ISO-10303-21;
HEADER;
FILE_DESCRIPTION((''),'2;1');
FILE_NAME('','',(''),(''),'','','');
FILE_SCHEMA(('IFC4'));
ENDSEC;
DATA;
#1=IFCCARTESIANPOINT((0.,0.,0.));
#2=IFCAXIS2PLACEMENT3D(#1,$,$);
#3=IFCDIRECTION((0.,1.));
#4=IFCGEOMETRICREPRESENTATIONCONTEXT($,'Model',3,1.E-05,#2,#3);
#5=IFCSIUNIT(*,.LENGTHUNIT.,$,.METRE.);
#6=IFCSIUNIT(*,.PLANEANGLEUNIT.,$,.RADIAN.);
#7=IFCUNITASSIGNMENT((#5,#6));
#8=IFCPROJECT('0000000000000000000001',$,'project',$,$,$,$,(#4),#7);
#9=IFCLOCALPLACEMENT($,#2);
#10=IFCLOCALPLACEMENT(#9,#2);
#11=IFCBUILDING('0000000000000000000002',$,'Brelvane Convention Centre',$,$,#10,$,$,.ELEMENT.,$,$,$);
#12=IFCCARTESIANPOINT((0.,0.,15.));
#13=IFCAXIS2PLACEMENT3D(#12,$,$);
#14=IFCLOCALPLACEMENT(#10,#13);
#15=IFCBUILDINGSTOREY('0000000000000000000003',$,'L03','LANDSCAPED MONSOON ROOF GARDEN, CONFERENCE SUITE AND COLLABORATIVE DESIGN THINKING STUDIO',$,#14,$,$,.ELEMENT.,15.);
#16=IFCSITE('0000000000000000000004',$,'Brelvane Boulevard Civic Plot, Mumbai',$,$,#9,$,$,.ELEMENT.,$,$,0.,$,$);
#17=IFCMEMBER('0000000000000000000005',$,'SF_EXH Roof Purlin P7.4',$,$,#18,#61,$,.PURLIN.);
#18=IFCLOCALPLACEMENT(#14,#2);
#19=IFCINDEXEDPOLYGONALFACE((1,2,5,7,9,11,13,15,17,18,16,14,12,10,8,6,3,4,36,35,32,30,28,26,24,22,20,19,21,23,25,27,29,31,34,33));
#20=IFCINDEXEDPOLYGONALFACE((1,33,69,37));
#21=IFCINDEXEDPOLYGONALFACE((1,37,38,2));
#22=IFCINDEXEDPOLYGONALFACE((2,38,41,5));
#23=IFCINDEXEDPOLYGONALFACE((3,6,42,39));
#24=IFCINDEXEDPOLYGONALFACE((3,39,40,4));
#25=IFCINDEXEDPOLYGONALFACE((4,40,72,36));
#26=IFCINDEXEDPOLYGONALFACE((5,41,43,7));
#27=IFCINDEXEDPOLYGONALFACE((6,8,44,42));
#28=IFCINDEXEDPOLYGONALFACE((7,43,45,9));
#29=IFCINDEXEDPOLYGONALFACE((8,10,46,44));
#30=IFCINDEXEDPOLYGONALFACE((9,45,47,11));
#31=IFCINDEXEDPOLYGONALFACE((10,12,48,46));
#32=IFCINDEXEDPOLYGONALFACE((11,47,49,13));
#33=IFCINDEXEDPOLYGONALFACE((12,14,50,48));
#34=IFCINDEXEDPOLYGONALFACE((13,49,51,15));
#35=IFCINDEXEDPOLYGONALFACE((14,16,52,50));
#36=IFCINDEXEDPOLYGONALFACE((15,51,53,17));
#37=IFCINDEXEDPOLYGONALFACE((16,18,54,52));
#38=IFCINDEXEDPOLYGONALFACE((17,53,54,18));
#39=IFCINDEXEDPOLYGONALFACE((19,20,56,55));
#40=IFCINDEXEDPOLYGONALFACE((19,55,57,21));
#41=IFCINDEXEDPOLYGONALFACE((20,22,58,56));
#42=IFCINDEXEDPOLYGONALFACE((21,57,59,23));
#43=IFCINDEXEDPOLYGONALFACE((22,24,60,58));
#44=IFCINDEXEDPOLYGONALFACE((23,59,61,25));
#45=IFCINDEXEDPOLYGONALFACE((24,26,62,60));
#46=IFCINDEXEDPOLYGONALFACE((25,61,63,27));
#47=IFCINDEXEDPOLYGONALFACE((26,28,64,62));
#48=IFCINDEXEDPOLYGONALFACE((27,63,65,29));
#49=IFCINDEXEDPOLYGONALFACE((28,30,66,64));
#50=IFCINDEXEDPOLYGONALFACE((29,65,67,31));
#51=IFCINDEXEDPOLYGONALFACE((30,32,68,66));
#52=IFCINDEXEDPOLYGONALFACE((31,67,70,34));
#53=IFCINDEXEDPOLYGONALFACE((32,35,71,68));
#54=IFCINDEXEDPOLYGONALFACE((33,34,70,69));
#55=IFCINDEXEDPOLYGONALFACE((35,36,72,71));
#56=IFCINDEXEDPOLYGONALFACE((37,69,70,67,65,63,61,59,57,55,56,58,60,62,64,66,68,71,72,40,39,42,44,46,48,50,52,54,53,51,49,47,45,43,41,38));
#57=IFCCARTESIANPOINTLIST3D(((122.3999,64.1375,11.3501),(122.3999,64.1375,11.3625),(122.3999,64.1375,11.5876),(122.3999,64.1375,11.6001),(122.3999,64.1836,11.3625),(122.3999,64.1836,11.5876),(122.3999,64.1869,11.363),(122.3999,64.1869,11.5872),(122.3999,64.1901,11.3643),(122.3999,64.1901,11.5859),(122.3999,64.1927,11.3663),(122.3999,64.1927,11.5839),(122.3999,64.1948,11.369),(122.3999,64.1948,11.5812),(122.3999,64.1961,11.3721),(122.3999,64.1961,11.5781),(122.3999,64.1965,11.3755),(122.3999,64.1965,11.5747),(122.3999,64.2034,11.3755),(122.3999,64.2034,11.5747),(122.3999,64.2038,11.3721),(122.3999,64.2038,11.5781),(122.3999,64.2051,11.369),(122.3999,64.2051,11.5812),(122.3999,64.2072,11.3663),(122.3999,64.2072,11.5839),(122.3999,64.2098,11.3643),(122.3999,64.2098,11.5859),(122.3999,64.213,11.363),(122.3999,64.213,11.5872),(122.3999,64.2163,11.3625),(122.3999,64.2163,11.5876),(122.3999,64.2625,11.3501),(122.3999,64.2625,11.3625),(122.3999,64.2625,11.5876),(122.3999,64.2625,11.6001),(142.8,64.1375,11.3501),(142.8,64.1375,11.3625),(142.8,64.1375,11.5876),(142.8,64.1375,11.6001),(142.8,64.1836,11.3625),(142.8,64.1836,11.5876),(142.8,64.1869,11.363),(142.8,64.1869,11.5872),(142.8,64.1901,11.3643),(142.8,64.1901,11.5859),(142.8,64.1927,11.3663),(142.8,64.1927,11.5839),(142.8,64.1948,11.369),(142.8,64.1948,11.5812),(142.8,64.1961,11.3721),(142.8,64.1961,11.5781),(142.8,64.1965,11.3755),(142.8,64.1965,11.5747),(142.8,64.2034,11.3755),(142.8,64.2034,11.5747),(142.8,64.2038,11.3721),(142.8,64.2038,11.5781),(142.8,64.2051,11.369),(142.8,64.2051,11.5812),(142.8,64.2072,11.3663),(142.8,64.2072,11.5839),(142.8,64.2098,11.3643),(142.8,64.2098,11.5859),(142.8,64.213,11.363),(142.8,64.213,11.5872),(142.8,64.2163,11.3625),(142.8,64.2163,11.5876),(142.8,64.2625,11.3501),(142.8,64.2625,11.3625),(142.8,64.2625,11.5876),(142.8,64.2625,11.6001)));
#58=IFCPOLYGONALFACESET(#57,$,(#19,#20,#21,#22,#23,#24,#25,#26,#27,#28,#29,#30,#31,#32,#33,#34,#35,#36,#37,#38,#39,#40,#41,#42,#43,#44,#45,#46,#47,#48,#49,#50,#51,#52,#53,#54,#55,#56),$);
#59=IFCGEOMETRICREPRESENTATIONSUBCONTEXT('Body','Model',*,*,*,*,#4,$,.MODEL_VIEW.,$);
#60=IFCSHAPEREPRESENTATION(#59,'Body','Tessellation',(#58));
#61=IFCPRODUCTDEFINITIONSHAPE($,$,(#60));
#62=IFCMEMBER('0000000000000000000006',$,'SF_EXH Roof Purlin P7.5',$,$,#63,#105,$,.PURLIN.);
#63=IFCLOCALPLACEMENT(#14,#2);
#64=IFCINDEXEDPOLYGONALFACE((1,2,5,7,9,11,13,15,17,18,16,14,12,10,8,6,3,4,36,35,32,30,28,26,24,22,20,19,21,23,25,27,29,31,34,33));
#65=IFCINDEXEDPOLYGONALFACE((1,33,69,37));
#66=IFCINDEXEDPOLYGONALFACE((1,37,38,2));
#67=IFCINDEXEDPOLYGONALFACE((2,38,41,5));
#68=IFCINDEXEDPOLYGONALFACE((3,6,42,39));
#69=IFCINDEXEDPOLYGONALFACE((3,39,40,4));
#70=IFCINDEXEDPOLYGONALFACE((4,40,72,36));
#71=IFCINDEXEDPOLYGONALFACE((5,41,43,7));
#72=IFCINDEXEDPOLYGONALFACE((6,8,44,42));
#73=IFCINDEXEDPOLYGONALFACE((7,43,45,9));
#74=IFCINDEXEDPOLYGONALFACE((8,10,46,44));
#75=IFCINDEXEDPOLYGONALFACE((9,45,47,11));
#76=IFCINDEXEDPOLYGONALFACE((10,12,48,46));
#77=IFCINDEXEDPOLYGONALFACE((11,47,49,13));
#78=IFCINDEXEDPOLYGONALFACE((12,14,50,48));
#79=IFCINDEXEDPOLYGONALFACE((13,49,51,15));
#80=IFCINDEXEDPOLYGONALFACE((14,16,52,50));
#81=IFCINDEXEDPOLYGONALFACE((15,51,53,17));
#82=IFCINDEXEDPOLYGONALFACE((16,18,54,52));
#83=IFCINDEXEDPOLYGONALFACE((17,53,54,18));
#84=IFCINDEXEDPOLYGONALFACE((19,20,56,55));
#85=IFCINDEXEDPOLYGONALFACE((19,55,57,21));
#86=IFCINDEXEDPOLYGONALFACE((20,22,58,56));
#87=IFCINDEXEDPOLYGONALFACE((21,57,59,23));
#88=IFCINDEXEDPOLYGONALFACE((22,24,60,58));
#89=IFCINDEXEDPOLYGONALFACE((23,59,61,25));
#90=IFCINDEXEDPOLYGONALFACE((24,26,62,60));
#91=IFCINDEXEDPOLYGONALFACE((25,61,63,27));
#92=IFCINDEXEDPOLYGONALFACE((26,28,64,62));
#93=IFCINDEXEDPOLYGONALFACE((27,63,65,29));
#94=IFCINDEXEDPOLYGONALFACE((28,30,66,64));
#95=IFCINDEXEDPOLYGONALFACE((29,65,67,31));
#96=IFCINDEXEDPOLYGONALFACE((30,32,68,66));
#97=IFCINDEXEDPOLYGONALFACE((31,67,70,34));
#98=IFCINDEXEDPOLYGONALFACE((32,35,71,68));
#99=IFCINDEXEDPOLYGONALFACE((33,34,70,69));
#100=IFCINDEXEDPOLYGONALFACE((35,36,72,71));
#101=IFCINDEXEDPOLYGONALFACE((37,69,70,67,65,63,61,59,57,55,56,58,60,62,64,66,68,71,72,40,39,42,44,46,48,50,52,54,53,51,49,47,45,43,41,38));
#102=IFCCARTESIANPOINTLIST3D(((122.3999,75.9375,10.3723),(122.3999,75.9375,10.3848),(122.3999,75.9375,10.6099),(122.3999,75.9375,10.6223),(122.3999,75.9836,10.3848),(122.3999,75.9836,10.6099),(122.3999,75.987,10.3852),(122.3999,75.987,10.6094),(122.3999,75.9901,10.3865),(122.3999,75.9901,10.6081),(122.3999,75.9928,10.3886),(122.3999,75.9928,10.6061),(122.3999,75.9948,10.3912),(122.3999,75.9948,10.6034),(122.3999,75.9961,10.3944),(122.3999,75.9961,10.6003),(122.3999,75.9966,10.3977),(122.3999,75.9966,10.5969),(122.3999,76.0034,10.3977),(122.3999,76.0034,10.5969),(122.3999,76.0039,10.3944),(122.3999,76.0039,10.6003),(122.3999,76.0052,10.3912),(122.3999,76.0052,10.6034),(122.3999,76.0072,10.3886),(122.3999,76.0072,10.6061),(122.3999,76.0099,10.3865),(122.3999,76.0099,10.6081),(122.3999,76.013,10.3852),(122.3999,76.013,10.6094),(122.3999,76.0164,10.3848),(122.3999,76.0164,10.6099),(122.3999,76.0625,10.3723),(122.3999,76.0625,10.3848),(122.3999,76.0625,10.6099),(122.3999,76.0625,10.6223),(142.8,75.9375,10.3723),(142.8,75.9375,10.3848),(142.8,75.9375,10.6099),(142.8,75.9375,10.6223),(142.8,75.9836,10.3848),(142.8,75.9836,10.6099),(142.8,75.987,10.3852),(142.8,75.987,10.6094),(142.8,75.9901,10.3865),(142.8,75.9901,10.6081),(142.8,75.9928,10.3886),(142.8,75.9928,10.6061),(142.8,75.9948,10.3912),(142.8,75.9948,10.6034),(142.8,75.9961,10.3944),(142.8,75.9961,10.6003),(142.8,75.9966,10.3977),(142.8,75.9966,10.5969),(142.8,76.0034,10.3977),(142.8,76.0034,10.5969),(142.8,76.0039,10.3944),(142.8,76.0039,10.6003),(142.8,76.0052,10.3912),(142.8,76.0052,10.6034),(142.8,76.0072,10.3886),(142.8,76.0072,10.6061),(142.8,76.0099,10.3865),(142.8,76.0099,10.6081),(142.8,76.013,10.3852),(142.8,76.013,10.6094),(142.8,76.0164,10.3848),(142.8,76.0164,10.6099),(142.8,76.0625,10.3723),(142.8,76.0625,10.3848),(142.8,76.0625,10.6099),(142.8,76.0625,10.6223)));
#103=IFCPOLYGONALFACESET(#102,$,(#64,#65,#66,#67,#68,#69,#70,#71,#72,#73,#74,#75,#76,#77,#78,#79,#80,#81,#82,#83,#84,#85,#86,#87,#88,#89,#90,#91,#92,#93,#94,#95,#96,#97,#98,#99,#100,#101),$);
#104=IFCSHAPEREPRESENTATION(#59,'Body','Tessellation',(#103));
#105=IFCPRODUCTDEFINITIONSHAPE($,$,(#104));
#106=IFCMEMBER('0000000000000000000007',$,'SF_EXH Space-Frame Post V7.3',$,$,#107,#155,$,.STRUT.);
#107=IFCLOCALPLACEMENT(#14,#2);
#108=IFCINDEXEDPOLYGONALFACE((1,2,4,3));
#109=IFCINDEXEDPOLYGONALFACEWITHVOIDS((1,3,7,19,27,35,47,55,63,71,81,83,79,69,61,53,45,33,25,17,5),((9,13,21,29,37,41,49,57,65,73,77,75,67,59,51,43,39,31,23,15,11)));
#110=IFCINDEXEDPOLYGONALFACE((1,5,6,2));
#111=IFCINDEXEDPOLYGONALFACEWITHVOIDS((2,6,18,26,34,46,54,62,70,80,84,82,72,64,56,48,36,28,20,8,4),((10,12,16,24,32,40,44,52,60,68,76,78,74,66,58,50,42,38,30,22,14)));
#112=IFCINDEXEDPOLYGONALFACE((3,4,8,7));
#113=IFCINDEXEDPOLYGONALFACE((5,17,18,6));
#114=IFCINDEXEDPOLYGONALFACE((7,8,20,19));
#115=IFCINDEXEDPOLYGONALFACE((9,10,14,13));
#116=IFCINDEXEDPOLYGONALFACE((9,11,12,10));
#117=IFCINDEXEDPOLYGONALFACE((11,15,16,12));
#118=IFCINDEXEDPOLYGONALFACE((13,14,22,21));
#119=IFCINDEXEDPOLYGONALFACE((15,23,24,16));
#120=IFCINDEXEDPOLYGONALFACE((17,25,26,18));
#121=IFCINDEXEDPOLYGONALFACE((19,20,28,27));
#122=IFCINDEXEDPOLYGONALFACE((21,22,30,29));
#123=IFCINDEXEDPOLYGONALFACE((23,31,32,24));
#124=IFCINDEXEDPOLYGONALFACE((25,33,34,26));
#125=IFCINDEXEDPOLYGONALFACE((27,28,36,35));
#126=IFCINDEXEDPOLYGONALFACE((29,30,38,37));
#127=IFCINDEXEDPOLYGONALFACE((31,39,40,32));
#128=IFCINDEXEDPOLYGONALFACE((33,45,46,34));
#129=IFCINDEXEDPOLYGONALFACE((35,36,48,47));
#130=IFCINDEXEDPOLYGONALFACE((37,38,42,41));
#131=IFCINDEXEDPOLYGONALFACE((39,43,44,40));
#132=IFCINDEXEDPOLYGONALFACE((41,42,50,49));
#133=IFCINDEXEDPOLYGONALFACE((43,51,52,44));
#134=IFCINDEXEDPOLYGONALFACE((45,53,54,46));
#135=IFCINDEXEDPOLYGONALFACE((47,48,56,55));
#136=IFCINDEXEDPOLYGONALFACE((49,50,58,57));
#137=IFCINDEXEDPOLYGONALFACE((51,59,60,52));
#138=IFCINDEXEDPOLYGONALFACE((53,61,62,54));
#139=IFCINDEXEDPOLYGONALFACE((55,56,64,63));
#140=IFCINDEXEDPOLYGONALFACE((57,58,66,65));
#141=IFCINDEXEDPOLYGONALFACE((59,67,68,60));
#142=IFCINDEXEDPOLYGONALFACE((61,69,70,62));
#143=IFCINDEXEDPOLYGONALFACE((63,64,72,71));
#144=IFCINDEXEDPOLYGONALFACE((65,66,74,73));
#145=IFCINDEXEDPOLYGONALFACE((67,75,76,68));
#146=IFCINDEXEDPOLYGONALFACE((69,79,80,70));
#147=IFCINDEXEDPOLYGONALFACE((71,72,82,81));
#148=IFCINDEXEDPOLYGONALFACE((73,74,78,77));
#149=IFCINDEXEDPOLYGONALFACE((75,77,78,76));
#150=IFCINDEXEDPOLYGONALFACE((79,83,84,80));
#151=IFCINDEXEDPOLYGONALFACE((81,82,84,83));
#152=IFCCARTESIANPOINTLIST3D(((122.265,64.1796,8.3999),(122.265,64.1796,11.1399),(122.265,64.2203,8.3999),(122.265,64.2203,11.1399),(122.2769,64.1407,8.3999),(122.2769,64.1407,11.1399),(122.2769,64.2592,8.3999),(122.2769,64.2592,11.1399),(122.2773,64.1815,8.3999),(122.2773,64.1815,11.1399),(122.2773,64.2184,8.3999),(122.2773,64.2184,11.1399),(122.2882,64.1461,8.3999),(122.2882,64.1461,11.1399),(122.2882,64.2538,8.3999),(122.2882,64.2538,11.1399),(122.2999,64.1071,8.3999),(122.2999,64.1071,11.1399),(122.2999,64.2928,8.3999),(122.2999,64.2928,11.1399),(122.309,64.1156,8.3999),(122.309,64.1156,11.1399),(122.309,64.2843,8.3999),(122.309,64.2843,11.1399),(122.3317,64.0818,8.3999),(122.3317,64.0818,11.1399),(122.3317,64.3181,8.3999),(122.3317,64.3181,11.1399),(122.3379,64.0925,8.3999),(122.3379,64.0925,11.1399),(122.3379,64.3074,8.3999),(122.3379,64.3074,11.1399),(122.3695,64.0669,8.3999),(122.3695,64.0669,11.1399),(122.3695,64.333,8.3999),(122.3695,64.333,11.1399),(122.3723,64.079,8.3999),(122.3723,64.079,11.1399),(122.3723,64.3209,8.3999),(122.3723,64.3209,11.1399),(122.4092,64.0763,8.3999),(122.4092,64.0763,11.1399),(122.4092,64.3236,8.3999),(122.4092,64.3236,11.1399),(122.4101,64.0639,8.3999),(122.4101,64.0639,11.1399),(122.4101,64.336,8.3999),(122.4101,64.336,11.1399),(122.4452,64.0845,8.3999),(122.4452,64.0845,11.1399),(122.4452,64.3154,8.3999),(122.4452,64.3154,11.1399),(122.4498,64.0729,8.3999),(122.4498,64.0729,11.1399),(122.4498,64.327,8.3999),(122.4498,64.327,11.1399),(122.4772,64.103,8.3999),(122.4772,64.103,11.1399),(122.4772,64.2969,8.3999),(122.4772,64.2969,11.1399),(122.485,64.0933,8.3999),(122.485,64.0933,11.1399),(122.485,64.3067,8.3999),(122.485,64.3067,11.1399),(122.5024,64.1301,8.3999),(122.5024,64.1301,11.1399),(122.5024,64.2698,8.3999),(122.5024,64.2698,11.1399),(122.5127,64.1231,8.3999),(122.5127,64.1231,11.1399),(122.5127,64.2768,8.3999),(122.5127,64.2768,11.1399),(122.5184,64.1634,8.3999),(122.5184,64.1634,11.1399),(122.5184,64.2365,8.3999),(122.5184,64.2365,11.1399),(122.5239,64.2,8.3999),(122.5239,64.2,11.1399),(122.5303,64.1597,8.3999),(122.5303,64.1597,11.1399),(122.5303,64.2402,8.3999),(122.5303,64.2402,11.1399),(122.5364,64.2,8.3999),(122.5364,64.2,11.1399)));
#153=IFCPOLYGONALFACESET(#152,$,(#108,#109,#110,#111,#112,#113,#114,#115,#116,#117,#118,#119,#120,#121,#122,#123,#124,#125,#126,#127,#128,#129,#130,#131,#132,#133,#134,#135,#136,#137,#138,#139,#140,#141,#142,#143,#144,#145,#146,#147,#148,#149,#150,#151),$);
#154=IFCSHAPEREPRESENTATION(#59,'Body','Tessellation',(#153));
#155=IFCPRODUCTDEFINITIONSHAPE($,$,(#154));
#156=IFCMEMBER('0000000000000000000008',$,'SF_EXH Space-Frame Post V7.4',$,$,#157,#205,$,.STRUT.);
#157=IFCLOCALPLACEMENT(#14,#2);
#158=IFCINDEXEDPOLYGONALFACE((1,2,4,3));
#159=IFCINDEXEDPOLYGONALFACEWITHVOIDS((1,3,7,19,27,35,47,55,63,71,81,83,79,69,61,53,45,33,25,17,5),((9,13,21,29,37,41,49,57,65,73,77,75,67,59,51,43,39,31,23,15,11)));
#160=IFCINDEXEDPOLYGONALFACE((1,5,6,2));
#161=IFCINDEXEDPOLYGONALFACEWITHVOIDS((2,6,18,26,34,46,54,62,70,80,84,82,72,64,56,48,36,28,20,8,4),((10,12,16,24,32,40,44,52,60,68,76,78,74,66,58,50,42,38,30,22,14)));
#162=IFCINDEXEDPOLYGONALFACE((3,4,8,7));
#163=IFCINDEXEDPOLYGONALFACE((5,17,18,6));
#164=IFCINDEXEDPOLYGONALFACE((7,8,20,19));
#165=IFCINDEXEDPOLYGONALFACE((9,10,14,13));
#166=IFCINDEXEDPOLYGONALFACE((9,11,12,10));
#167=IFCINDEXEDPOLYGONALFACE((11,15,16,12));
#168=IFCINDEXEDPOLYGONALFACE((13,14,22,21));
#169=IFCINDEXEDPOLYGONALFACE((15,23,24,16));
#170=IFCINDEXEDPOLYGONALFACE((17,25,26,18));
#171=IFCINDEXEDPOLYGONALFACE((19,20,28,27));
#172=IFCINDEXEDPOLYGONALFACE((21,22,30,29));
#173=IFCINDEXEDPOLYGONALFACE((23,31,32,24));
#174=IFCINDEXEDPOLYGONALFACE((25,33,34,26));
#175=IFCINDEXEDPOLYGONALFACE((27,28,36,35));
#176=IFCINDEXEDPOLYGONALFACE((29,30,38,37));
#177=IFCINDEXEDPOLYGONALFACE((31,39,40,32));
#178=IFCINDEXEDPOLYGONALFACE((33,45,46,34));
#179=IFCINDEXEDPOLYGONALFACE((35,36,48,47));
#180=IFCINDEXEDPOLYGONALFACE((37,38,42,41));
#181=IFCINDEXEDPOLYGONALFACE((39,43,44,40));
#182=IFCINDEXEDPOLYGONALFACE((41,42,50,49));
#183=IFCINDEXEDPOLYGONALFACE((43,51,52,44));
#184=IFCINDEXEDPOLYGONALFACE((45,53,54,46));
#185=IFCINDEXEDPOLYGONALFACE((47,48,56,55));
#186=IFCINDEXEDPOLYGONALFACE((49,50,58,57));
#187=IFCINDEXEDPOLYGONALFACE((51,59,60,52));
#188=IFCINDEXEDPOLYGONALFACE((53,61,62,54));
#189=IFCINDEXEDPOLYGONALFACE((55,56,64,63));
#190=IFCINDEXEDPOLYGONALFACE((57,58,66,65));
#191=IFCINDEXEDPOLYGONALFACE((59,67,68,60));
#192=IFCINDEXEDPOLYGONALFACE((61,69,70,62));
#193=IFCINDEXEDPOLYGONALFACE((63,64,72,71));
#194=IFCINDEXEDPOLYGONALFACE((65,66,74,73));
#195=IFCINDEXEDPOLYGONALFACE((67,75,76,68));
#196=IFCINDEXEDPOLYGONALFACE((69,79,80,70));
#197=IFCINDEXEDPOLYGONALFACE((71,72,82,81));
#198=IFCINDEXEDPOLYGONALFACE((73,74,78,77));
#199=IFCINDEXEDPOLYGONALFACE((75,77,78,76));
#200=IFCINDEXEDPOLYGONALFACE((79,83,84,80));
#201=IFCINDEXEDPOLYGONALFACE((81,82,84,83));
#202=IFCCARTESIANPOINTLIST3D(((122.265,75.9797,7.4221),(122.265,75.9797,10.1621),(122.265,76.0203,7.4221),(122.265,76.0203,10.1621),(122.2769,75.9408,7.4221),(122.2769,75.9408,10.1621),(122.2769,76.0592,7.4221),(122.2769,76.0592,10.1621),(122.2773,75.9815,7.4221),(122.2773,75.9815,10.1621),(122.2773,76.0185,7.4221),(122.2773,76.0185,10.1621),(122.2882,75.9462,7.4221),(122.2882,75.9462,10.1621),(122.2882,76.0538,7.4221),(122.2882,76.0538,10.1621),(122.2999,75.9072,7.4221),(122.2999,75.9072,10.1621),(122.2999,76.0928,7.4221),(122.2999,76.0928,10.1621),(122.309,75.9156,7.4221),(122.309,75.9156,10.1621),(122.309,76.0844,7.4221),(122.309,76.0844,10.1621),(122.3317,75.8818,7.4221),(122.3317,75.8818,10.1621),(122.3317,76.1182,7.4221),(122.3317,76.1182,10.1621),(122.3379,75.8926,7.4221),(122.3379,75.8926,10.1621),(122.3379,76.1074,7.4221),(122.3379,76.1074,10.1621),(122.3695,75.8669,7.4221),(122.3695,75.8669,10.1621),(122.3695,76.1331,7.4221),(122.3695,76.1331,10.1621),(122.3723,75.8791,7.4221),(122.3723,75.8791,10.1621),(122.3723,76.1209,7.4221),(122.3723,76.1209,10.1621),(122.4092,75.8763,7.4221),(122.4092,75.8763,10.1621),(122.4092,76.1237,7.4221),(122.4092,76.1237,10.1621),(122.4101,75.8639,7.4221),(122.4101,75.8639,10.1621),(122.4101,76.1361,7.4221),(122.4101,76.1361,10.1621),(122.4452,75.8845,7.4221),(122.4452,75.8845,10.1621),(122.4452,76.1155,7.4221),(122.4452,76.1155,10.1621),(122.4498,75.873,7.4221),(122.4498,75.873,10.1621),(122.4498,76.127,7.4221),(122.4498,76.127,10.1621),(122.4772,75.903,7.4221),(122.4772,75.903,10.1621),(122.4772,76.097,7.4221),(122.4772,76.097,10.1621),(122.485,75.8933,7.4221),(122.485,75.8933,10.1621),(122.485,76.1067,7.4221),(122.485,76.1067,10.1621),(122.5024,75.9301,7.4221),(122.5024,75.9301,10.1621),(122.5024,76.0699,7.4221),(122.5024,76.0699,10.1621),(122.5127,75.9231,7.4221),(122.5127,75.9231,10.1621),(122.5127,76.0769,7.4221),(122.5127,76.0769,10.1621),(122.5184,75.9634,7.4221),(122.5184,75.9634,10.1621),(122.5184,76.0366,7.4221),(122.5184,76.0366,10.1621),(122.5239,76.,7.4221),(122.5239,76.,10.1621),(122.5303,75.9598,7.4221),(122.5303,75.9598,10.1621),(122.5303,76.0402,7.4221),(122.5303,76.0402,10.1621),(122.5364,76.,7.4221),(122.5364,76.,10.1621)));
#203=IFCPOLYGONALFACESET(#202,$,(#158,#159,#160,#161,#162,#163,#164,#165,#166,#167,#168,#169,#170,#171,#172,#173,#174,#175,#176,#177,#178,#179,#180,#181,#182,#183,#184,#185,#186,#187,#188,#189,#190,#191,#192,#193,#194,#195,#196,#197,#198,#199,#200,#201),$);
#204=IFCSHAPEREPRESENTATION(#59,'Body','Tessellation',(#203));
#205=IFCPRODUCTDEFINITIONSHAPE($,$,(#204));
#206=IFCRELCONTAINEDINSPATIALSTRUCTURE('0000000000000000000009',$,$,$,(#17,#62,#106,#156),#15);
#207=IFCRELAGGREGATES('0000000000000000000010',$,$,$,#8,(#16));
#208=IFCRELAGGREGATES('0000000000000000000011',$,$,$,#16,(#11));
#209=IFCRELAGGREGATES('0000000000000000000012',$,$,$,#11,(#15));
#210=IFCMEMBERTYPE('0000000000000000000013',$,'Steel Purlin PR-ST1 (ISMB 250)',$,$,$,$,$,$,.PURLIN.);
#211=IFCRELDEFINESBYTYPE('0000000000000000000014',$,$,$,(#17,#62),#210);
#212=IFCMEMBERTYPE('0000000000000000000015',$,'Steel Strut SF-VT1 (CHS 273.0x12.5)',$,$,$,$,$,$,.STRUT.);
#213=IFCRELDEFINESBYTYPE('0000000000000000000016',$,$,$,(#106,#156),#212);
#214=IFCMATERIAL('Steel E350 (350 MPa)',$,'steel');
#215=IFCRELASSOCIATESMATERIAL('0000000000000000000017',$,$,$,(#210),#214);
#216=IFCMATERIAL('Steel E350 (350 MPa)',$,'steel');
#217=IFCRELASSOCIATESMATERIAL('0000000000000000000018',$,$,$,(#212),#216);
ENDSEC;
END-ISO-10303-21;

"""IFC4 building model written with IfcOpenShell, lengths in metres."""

from ifc_helpers import new_model, si_unit, direction, frame, origin, origin_2d, place, context, subcontext, project, spatial, hollow_circle, i_section, extrude, material, material_profile, profile_set, type_object, element, save


model = new_model("IFC4")

# Units and contexts
model_context = context("Model", 3, precision=1e-05, world=origin(), true_north=direction((0.0, 1.0)))
body_context = subcontext(model_context, "Body", "Model", "MODEL_VIEW")
ifc_project = project(units=[si_unit("LENGTHUNIT", "METRE"), si_unit("PLANEANGLEUNIT", "RADIAN")], contexts=[model_context])

# Site, building, storey
site_placement = place(None, origin())
site = spatial("IfcSite", under=ifc_project, at=site_placement, Name="Brelvane Boulevard Civic Plot, Mumbai", CompositionType="ELEMENT", RefElevation=0.0)
building_placement = place(site_placement, origin())
building = spatial("IfcBuilding", under=site, at=building_placement, Name="Brelvane Convention Centre", CompositionType="ELEMENT")
storey_placement = place(building_placement, frame((0.0, 0.0, 15.0)))
storey = spatial("IfcBuildingStorey", under=building, at=storey_placement, Name="L03", Description="LANDSCAPED MONSOON ROOF GARDEN, CONFERENCE SUITE AND COLLABORATIVE DESIGN THINKING STUDIO", CompositionType="ELEMENT", Elevation=15.0)

# Members
ifc_material_1 = material(Name="Steel E350 (350 MPa)", Category="steel")
ifc_material_profile_1 = material_profile(ifc_material_1, i_section(OverallWidth=0.125, OverallDepth=0.25, WebThickness=0.0068, FlangeThickness=0.0125, FilletRadius=0.0129, at=origin_2d()), Name="ISMB 250")
ifc_profile_set_1 = profile_set([ifc_material_profile_1], Name="Steel E350 (350 MPa)")
member_type_1 = type_object("IfcMemberType", Name="Steel Purlin PR-ST1 (ISMB 250)", PredefinedType="PURLIN", material=ifc_profile_set_1)
for number, where, z_axis, x_axis, name in (
    (1, (122.3999, 64.2, 11.4751), (1.0, 0.0, 0.0), (0.0, 1.0, 0.0), "SF_EXH Roof Purlin P7.4"),
    (2, (122.3999, 76.0, 10.4973), (1.0, 0.0, 0.0), (0.0, 1.0, 0.0), "SF_EXH Roof Purlin P7.5"),
):
    element("IfcMember", number, at=place(storey_placement, frame(where, z_axis=z_axis, x_axis=x_axis)), inside=storey, type_object=member_type_1, Name=name, PredefinedType="PURLIN", context=body_context, shape_type="SweptSolid", body=[
        extrude(i_section(OverallWidth=0.125, OverallDepth=0.25, WebThickness=0.0068, FlangeThickness=0.0125, FilletRadius=0.0129, at=origin_2d()), origin(), (0.0, 0.0, 1.0), 20.4001),
    ])
ifc_material_2 = material(Name="Steel E350 (350 MPa)", Category="steel")
ifc_material_profile_2 = material_profile(ifc_material_2, hollow_circle(Radius=0.1365, WallThickness=0.0125, at=origin_2d()), Name="CHS 273.0x12.5")
ifc_profile_set_2 = profile_set([ifc_material_profile_2], Name="Steel E350 (350 MPa)")
member_type_2 = type_object("IfcMemberType", Name="Steel Strut SF-VT1 (CHS 273.0x12.5)", PredefinedType="STRUT", material=ifc_profile_set_2)
for number, where, z_axis, x_axis, name in (
    (3, (122.3999, 64.2, 8.3999), (0.0, 0.0, 1.0), (1.0, 0.0, 0.0), "SF_EXH Space-Frame Post V7.3"),
    (4, (122.3999, 76.0, 7.4221), (0.0, 0.0, 1.0), (1.0, 0.0, 0.0), "SF_EXH Space-Frame Post V7.4"),
):
    element("IfcMember", number, at=place(storey_placement, frame(where, z_axis=z_axis, x_axis=x_axis)), inside=storey, type_object=member_type_2, Name=name, PredefinedType="STRUT", context=body_context, shape_type="SweptSolid", body=[
        extrude(hollow_circle(Radius=0.1365, WallThickness=0.0125, at=origin_2d()), origin(), (0.0, 0.0, 1.0), 2.74),
    ])

save(model, "model.ifc")
